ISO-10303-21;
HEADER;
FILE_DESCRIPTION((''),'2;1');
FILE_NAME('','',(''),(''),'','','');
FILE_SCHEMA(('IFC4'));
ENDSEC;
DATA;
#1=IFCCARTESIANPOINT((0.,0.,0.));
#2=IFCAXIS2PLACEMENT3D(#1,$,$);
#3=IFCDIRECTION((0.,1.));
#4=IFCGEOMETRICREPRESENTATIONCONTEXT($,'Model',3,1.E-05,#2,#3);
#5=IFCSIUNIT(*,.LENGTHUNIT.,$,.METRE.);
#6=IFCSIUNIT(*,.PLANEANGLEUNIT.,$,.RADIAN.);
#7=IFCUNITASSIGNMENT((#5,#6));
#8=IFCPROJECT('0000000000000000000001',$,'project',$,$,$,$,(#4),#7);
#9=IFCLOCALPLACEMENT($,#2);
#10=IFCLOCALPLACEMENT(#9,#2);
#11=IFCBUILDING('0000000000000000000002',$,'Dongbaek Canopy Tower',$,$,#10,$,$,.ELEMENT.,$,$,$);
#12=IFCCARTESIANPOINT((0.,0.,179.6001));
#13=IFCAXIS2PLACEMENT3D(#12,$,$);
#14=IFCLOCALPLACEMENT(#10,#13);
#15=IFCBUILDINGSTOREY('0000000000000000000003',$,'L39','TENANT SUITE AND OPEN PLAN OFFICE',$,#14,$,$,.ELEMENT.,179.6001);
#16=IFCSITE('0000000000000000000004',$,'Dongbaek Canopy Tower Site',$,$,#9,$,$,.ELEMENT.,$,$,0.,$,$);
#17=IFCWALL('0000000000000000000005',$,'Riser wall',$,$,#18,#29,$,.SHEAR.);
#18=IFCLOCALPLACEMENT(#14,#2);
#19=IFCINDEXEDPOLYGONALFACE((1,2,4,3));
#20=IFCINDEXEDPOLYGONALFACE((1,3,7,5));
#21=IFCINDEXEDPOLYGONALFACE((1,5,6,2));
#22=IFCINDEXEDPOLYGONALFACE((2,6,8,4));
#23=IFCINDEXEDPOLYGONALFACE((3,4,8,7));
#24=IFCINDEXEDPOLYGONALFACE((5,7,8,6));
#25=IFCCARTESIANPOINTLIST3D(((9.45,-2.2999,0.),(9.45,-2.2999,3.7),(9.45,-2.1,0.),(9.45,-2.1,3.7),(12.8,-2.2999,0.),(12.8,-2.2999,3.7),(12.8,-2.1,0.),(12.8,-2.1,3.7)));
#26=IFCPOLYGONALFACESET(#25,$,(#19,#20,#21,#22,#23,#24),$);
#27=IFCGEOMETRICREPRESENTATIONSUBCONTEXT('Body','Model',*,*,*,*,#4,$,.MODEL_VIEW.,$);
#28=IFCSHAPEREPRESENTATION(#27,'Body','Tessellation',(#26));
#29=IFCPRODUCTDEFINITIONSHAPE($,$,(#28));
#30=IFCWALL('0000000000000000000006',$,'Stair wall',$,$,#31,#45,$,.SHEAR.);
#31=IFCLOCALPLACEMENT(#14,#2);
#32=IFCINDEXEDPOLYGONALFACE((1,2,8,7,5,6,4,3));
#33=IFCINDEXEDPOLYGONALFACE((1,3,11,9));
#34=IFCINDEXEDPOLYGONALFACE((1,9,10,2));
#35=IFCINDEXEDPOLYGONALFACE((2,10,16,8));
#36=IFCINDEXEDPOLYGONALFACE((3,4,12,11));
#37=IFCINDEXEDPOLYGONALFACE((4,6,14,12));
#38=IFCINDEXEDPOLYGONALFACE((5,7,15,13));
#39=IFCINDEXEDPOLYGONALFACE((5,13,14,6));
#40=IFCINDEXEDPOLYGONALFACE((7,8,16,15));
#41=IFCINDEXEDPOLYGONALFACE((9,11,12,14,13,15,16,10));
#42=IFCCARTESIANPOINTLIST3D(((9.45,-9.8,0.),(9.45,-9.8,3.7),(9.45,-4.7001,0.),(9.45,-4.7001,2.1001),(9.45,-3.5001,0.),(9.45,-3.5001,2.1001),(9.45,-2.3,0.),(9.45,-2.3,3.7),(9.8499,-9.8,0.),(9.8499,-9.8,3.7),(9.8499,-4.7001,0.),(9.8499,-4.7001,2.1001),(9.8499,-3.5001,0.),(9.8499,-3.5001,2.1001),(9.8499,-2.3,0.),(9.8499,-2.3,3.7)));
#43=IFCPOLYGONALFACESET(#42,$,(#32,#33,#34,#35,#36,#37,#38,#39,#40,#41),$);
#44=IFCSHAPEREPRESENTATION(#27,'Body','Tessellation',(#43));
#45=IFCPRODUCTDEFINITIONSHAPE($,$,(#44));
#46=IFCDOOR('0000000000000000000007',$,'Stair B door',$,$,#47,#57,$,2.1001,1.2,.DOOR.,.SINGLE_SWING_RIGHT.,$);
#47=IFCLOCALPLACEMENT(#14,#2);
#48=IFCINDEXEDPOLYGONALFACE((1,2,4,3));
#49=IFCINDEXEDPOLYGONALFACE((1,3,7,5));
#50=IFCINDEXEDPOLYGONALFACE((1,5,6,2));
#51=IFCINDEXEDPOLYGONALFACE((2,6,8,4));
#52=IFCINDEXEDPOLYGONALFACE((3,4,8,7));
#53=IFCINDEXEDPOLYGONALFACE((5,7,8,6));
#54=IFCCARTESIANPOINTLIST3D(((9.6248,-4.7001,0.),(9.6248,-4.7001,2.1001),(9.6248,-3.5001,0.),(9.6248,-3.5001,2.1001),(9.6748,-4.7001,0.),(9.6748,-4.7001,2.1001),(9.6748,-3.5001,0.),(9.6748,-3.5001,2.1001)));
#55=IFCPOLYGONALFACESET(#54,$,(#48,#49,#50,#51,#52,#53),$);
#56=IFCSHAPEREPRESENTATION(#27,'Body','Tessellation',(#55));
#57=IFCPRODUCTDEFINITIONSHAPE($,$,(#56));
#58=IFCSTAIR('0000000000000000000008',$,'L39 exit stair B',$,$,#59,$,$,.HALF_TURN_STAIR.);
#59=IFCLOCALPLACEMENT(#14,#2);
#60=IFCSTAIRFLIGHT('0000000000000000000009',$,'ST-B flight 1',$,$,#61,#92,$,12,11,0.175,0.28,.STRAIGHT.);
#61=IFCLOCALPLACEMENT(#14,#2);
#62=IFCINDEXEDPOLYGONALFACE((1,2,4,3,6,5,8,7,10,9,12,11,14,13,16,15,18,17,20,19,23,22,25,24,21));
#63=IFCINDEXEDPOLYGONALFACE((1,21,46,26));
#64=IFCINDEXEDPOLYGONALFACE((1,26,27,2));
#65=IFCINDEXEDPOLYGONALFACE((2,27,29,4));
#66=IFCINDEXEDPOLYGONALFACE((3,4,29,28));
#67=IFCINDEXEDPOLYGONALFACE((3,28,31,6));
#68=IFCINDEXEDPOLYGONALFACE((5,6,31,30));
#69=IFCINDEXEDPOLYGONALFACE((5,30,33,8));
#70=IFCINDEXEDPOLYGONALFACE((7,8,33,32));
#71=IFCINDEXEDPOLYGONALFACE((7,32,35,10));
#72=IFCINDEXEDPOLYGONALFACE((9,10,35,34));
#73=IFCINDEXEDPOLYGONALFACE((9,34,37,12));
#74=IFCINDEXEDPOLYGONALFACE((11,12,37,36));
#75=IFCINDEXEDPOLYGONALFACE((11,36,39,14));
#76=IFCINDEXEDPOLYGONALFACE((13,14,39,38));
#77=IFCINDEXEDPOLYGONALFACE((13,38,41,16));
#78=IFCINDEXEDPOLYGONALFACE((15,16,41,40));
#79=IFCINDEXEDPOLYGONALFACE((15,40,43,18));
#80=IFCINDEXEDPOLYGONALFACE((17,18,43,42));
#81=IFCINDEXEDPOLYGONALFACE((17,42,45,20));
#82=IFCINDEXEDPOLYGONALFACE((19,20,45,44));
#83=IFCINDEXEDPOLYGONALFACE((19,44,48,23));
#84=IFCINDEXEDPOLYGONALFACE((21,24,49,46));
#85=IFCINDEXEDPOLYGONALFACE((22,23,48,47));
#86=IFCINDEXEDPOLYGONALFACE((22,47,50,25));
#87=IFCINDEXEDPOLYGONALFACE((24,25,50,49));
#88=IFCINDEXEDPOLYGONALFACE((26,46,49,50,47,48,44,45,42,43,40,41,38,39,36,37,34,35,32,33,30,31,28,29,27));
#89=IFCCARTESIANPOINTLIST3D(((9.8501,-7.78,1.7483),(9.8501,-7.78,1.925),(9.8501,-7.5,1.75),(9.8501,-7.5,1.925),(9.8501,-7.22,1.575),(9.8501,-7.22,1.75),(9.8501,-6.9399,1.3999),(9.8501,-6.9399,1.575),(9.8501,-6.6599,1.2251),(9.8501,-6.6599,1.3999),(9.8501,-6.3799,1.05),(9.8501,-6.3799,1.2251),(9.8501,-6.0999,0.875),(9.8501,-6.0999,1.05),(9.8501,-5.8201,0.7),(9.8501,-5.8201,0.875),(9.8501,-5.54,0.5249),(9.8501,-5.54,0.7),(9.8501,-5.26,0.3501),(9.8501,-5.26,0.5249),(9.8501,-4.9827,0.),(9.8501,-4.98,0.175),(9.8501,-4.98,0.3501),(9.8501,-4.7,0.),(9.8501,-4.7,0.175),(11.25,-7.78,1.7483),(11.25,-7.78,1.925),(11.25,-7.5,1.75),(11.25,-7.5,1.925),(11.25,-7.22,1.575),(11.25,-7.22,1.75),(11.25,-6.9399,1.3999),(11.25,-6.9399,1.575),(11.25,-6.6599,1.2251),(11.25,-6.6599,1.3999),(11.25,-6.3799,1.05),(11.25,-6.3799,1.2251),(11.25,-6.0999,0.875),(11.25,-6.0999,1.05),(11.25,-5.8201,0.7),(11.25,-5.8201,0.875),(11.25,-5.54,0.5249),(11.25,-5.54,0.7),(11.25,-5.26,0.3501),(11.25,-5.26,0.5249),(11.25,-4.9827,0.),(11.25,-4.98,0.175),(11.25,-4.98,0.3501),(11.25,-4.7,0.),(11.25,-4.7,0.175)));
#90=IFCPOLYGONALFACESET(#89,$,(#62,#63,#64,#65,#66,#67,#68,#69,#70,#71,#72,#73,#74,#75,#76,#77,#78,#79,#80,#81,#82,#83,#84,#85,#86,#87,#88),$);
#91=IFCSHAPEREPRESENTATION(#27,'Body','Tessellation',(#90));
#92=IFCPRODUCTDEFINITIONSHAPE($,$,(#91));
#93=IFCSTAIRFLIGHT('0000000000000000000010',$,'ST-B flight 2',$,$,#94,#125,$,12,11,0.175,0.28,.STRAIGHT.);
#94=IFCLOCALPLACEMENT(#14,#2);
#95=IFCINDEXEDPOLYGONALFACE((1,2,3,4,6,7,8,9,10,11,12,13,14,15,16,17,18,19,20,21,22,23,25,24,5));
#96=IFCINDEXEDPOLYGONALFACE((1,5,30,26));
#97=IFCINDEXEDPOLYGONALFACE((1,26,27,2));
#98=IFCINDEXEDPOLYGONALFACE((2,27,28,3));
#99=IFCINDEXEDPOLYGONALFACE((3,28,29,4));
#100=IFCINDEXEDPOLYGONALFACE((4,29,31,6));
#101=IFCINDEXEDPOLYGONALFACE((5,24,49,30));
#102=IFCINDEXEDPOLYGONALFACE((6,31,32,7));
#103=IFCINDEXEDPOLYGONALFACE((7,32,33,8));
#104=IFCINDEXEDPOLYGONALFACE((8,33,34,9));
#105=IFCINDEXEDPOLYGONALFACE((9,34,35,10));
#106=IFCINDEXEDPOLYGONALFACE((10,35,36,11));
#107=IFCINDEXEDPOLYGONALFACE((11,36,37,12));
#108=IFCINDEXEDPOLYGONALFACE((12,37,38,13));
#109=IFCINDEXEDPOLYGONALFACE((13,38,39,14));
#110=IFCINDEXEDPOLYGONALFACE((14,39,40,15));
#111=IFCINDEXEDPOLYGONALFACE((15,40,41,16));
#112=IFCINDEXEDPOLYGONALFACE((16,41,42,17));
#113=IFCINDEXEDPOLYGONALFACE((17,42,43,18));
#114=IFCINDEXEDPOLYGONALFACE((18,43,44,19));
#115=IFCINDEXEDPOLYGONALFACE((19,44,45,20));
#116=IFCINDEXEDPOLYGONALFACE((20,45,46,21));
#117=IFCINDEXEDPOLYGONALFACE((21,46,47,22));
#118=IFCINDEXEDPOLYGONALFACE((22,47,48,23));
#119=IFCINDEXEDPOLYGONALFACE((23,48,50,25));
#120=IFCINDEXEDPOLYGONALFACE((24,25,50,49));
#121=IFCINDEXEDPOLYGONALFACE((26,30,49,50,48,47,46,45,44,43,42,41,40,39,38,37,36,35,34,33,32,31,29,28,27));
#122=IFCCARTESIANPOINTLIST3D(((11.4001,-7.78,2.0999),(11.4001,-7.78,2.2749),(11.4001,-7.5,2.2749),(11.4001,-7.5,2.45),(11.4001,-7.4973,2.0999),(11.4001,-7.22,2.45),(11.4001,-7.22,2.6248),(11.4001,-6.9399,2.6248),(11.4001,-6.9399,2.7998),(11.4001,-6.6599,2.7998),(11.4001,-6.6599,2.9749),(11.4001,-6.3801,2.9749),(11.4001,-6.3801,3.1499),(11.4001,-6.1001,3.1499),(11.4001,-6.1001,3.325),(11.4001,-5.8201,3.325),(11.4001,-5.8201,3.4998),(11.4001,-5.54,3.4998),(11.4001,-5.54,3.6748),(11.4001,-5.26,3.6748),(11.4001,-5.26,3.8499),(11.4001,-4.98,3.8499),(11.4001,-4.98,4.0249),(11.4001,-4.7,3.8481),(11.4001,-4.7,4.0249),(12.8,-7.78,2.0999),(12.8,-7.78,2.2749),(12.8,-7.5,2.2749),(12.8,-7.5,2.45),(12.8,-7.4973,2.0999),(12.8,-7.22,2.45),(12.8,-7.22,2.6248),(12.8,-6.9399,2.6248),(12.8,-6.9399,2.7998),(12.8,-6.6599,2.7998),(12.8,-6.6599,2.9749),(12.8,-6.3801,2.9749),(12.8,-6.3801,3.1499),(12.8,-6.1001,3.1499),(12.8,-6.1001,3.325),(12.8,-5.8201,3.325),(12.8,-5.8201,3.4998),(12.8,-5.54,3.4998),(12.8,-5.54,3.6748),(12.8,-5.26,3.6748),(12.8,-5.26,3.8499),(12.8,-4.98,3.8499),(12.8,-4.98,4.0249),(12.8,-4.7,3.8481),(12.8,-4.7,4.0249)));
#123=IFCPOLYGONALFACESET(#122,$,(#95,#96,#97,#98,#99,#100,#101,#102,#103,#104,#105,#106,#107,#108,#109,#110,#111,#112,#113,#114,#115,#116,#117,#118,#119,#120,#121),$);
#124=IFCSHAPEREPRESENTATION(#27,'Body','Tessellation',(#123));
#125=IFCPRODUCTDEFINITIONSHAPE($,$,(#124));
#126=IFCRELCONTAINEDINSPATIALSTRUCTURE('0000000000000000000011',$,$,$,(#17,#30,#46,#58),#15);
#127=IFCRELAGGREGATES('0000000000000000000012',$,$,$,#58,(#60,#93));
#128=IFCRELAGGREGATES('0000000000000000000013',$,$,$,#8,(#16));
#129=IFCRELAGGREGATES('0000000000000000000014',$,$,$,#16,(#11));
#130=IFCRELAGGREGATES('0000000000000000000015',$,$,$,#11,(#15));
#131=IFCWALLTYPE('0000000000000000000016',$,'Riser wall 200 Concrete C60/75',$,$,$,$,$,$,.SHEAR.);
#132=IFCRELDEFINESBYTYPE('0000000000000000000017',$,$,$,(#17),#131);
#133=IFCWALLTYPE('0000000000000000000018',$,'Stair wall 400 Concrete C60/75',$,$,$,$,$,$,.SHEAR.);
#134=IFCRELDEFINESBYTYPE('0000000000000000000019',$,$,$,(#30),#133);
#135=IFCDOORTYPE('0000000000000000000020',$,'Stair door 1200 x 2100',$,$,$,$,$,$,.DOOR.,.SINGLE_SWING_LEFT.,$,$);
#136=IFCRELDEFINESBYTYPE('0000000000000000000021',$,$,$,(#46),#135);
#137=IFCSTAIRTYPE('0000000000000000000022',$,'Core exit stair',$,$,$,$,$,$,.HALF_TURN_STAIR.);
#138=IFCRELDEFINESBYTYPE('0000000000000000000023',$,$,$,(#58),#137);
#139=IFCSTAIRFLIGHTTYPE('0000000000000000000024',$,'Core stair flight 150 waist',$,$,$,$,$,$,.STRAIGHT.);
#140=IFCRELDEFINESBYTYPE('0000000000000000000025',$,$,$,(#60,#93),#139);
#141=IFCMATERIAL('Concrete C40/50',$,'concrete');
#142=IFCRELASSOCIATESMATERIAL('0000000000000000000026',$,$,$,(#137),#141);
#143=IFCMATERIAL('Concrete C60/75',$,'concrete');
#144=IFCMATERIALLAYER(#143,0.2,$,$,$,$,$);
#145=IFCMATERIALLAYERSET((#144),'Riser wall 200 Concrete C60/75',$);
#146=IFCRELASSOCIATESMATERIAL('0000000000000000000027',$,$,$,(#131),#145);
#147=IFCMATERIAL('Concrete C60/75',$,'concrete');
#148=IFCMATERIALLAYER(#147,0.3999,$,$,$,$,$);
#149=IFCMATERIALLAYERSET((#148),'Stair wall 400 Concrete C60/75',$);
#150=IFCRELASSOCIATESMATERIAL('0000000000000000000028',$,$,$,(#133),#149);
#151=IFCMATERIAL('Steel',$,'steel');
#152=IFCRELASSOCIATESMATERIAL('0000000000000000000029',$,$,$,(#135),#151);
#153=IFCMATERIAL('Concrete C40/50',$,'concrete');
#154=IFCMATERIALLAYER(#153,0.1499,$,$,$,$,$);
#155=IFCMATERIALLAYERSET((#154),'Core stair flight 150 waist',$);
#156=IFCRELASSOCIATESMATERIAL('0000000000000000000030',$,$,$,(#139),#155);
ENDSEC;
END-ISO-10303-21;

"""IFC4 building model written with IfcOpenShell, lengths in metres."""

from ifc_helpers import new_model, si_unit, direction, frame, frame_2d, origin, place, context, subcontext, project, spatial, polyline, rectangle, outline, extrude, material, layer, layer_set, type_object, element, fill, aggregate, save


model = new_model("IFC4")

# Units and contexts
model_context = context("Model", 3, precision=1e-05, world=origin(), true_north=direction((0.0, 1.0)))
body_context = subcontext(model_context, "Body", "Model", "MODEL_VIEW")
ifc_project = project(units=[si_unit("LENGTHUNIT", "METRE"), si_unit("PLANEANGLEUNIT", "RADIAN")], contexts=[model_context])

# Site, building, storey
site_placement = place(None, origin())
site = spatial("IfcSite", under=ifc_project, at=site_placement, Name="Dongbaek Canopy Tower Site", CompositionType="ELEMENT", RefElevation=0.0)
building_placement = place(site_placement, origin())
building = spatial("IfcBuilding", under=site, at=building_placement, Name="Dongbaek Canopy Tower", CompositionType="ELEMENT")
storey_placement = place(building_placement, frame((0.0, 0.0, 179.6001)))
storey = spatial("IfcBuildingStorey", under=building, at=storey_placement, Name="L39", Description="TENANT SUITE AND OPEN PLAN OFFICE", CompositionType="ELEMENT", Elevation=179.6001)

# Shared definitions
ifc_material_1 = material(Name="Concrete C40/50", Category="concrete")
stair_type = type_object("IfcStairType", Name="Core exit stair", PredefinedType="HALF_TURN_STAIR", material=ifc_material_1)

# Wall
ifc_material_2 = material(Name="Concrete C60/75", Category="concrete")
ifc_layer_1 = layer(ifc_material_2, 0.2)
ifc_layer_set_1 = layer_set([ifc_layer_1], Name="Riser wall 200 Concrete C60/75")
wall_type_1 = type_object("IfcWallType", Name="Riser wall 200 Concrete C60/75", PredefinedType="SHEAR", material=ifc_layer_set_1)
wall_1_placement = place(storey_placement, frame((9.45, -2.2, 0.0), z_axis=(0.0, 0.0, 1.0), x_axis=(1.0, 0.0, 0.0)))
element("IfcWall", 1, at=wall_1_placement, inside=storey, type_object=wall_type_1, Name="Riser wall", PredefinedType="SHEAR", context=body_context, shape_type="SweptSolid", body=[
    extrude(rectangle(XDim=3.3501, YDim=0.2, at=frame_2d((1.675, 0.0))), origin(), (0.0, 0.0, 1.0), 3.7),
])

# Wall, opening, door
ifc_material_3 = material(Name="Concrete C60/75", Category="concrete")
ifc_layer_2 = layer(ifc_material_3, 0.3999)
ifc_layer_set_2 = layer_set([ifc_layer_2], Name="Stair wall 400 Concrete C60/75")
wall_type_2 = type_object("IfcWallType", Name="Stair wall 400 Concrete C60/75", PredefinedType="SHEAR", material=ifc_layer_set_2)
wall_2_placement = place(storey_placement, frame((9.6499, -2.3, 0.0), z_axis=(0.0, 0.0, 1.0), x_axis=(0.0, -1.0, 0.0)))
wall_2 = element("IfcWall", 2, at=wall_2_placement, inside=storey, type_object=wall_type_2, Name="Stair wall", PredefinedType="SHEAR", context=body_context, shape_type="SweptSolid", body=[
    extrude(rectangle(XDim=7.5, YDim=0.3999, at=frame_2d((3.75, 0.0))), origin(), (0.0, 0.0, 1.0), 3.7),
])
opening_1_placement = place(wall_2_placement, frame((1.2, 0.0, 0.0)))
opening_1 = element("IfcOpeningElement", 3, at=opening_1_placement, cuts=wall_2, PredefinedType="OPENING", context=body_context, shape_type="SweptSolid", body=[
    extrude(rectangle(XDim=1.2, YDim=2.1001, at=frame_2d((0.6001, 1.05))), frame((0.0, 0.21, 0.0), z_axis=(0.0, -1.0, 0.0), x_axis=(1.0, 0.0, 0.0)), (0.0, 0.0, 1.0), 0.4199),
])
ifc_material_4 = material(Name="Steel", Category="steel")
door_type_1 = type_object("IfcDoorType", Name="Stair door 1200 x 2100", OperationType="SINGLE_SWING_LEFT", PredefinedType="DOOR", material=ifc_material_4)
door_1_placement = place(opening_1_placement, origin())
door_1 = element("IfcDoor", 4, at=door_1_placement, inside=storey, type_object=door_type_1, Name="Stair B door", OperationType="SINGLE_SWING_RIGHT", OverallHeight=2.1001, OverallWidth=1.2, PredefinedType="DOOR", context=body_context, shape_type="SweptSolid", body=[
    extrude(rectangle(XDim=1.2, YDim=2.1001, at=frame_2d((0.6001, 1.05))), frame((0.0, 0.0249, 0.0), z_axis=(0.0, -1.0, 0.0), x_axis=(1.0, 0.0, 0.0)), (0.0, 0.0, 1.0), 0.05),
])
fill(opening_1, door_1)

# Stair, stair flights
stair_1_placement = place(storey_placement, origin())
stair_1 = element("IfcStair", 5, at=stair_1_placement, inside=storey, type_object=stair_type, Name="L39 exit stair B", PredefinedType="HALF_TURN_STAIR")
ifc_material_5 = material(Name="Concrete C40/50", Category="concrete")
ifc_layer_3 = layer(ifc_material_5, 0.1499)
ifc_layer_set_3 = layer_set([ifc_layer_3], Name="Core stair flight 150 waist")
stair_flight_type = type_object("IfcStairFlightType", Name="Core stair flight 150 waist", PredefinedType="STRAIGHT", material=ifc_layer_set_3)
stair_flight_1_placement = place(storey_placement, frame((10.55, -4.7, 0.0), z_axis=(0.0, 0.0, 1.0), x_axis=(0.0, -1.0, 0.0)))
stair_flight_1 = element("IfcStairFlight", 6, at=stair_flight_1_placement, type_object=stair_flight_type, Name="ST-B flight 1", NumberOfRisers=12, NumberOfTreads=11, PredefinedType="STRAIGHT", RiserHeight=0.175, TreadLength=0.28, context=body_context, shape_type="SweptSolid", body=[
    extrude(outline(polyline([(0.0, 0.0), (0.0, 0.175), (0.28, 0.175), (0.28, 0.3501), (0.5601, 0.3501), (0.5601, 0.5249), (0.8401, 0.5249), (0.8401, 0.7), (1.1201, 0.7), (1.1201, 0.875), (1.3999, 0.875), (1.3999, 1.05), (1.6799, 1.05), (1.6799, 1.2251), (1.96, 1.2251), (1.96, 1.3999), (2.24, 1.3999), (2.24, 1.575), (2.52, 1.575), (2.52, 1.75), (2.8, 1.75), (2.8, 1.925), (3.0801, 1.925), (3.0801, 2.1001), (3.0801, 1.7483), (0.2827, 0.0), (0.0, 0.0)])), frame((0.0, 0.7, 0.0), z_axis=(0.0, -1.0, 0.0), x_axis=(1.0, 0.0, 0.0)), (0.0, 0.0, 1.0), 1.3999),
])
stair_flight_2_placement = place(storey_placement, frame((12.1001, -7.78, 2.0999), z_axis=(0.0, 0.0, 1.0), x_axis=(0.0, 1.0, 0.0)))
stair_flight_2 = element("IfcStairFlight", 7, at=stair_flight_2_placement, type_object=stair_flight_type, Name="ST-B flight 2", NumberOfRisers=12, NumberOfTreads=11, PredefinedType="STRAIGHT", RiserHeight=0.175, TreadLength=0.28, context=body_context, shape_type="SweptSolid", body=[
    extrude(outline(polyline([(0.0, 0.0), (0.0, 0.175), (0.28, 0.175), (0.28, 0.3501), (0.5601, 0.3501), (0.5601, 0.5249), (0.8401, 0.5249), (0.8401, 0.7), (1.1201, 0.7), (1.1201, 0.875), (1.3999, 0.875), (1.3999, 1.05), (1.6799, 1.05), (1.6799, 1.2251), (1.96, 1.2251), (1.96, 1.3999), (2.24, 1.3999), (2.24, 1.575), (2.52, 1.575), (2.52, 1.75), (2.8, 1.75), (2.8, 1.925), (3.0801, 1.925), (3.0801, 2.1001), (3.0801, 1.7483), (0.2827, 0.0), (0.0, 0.0)])), frame((0.0, 0.7, 0.0), z_axis=(0.0, -1.0, 0.0), x_axis=(1.0, 0.0, 0.0)), (0.0, 0.0, 1.0), 1.3999),
])
aggregate(stair_1, [stair_flight_1, stair_flight_2])

save(model, "model.ifc")
